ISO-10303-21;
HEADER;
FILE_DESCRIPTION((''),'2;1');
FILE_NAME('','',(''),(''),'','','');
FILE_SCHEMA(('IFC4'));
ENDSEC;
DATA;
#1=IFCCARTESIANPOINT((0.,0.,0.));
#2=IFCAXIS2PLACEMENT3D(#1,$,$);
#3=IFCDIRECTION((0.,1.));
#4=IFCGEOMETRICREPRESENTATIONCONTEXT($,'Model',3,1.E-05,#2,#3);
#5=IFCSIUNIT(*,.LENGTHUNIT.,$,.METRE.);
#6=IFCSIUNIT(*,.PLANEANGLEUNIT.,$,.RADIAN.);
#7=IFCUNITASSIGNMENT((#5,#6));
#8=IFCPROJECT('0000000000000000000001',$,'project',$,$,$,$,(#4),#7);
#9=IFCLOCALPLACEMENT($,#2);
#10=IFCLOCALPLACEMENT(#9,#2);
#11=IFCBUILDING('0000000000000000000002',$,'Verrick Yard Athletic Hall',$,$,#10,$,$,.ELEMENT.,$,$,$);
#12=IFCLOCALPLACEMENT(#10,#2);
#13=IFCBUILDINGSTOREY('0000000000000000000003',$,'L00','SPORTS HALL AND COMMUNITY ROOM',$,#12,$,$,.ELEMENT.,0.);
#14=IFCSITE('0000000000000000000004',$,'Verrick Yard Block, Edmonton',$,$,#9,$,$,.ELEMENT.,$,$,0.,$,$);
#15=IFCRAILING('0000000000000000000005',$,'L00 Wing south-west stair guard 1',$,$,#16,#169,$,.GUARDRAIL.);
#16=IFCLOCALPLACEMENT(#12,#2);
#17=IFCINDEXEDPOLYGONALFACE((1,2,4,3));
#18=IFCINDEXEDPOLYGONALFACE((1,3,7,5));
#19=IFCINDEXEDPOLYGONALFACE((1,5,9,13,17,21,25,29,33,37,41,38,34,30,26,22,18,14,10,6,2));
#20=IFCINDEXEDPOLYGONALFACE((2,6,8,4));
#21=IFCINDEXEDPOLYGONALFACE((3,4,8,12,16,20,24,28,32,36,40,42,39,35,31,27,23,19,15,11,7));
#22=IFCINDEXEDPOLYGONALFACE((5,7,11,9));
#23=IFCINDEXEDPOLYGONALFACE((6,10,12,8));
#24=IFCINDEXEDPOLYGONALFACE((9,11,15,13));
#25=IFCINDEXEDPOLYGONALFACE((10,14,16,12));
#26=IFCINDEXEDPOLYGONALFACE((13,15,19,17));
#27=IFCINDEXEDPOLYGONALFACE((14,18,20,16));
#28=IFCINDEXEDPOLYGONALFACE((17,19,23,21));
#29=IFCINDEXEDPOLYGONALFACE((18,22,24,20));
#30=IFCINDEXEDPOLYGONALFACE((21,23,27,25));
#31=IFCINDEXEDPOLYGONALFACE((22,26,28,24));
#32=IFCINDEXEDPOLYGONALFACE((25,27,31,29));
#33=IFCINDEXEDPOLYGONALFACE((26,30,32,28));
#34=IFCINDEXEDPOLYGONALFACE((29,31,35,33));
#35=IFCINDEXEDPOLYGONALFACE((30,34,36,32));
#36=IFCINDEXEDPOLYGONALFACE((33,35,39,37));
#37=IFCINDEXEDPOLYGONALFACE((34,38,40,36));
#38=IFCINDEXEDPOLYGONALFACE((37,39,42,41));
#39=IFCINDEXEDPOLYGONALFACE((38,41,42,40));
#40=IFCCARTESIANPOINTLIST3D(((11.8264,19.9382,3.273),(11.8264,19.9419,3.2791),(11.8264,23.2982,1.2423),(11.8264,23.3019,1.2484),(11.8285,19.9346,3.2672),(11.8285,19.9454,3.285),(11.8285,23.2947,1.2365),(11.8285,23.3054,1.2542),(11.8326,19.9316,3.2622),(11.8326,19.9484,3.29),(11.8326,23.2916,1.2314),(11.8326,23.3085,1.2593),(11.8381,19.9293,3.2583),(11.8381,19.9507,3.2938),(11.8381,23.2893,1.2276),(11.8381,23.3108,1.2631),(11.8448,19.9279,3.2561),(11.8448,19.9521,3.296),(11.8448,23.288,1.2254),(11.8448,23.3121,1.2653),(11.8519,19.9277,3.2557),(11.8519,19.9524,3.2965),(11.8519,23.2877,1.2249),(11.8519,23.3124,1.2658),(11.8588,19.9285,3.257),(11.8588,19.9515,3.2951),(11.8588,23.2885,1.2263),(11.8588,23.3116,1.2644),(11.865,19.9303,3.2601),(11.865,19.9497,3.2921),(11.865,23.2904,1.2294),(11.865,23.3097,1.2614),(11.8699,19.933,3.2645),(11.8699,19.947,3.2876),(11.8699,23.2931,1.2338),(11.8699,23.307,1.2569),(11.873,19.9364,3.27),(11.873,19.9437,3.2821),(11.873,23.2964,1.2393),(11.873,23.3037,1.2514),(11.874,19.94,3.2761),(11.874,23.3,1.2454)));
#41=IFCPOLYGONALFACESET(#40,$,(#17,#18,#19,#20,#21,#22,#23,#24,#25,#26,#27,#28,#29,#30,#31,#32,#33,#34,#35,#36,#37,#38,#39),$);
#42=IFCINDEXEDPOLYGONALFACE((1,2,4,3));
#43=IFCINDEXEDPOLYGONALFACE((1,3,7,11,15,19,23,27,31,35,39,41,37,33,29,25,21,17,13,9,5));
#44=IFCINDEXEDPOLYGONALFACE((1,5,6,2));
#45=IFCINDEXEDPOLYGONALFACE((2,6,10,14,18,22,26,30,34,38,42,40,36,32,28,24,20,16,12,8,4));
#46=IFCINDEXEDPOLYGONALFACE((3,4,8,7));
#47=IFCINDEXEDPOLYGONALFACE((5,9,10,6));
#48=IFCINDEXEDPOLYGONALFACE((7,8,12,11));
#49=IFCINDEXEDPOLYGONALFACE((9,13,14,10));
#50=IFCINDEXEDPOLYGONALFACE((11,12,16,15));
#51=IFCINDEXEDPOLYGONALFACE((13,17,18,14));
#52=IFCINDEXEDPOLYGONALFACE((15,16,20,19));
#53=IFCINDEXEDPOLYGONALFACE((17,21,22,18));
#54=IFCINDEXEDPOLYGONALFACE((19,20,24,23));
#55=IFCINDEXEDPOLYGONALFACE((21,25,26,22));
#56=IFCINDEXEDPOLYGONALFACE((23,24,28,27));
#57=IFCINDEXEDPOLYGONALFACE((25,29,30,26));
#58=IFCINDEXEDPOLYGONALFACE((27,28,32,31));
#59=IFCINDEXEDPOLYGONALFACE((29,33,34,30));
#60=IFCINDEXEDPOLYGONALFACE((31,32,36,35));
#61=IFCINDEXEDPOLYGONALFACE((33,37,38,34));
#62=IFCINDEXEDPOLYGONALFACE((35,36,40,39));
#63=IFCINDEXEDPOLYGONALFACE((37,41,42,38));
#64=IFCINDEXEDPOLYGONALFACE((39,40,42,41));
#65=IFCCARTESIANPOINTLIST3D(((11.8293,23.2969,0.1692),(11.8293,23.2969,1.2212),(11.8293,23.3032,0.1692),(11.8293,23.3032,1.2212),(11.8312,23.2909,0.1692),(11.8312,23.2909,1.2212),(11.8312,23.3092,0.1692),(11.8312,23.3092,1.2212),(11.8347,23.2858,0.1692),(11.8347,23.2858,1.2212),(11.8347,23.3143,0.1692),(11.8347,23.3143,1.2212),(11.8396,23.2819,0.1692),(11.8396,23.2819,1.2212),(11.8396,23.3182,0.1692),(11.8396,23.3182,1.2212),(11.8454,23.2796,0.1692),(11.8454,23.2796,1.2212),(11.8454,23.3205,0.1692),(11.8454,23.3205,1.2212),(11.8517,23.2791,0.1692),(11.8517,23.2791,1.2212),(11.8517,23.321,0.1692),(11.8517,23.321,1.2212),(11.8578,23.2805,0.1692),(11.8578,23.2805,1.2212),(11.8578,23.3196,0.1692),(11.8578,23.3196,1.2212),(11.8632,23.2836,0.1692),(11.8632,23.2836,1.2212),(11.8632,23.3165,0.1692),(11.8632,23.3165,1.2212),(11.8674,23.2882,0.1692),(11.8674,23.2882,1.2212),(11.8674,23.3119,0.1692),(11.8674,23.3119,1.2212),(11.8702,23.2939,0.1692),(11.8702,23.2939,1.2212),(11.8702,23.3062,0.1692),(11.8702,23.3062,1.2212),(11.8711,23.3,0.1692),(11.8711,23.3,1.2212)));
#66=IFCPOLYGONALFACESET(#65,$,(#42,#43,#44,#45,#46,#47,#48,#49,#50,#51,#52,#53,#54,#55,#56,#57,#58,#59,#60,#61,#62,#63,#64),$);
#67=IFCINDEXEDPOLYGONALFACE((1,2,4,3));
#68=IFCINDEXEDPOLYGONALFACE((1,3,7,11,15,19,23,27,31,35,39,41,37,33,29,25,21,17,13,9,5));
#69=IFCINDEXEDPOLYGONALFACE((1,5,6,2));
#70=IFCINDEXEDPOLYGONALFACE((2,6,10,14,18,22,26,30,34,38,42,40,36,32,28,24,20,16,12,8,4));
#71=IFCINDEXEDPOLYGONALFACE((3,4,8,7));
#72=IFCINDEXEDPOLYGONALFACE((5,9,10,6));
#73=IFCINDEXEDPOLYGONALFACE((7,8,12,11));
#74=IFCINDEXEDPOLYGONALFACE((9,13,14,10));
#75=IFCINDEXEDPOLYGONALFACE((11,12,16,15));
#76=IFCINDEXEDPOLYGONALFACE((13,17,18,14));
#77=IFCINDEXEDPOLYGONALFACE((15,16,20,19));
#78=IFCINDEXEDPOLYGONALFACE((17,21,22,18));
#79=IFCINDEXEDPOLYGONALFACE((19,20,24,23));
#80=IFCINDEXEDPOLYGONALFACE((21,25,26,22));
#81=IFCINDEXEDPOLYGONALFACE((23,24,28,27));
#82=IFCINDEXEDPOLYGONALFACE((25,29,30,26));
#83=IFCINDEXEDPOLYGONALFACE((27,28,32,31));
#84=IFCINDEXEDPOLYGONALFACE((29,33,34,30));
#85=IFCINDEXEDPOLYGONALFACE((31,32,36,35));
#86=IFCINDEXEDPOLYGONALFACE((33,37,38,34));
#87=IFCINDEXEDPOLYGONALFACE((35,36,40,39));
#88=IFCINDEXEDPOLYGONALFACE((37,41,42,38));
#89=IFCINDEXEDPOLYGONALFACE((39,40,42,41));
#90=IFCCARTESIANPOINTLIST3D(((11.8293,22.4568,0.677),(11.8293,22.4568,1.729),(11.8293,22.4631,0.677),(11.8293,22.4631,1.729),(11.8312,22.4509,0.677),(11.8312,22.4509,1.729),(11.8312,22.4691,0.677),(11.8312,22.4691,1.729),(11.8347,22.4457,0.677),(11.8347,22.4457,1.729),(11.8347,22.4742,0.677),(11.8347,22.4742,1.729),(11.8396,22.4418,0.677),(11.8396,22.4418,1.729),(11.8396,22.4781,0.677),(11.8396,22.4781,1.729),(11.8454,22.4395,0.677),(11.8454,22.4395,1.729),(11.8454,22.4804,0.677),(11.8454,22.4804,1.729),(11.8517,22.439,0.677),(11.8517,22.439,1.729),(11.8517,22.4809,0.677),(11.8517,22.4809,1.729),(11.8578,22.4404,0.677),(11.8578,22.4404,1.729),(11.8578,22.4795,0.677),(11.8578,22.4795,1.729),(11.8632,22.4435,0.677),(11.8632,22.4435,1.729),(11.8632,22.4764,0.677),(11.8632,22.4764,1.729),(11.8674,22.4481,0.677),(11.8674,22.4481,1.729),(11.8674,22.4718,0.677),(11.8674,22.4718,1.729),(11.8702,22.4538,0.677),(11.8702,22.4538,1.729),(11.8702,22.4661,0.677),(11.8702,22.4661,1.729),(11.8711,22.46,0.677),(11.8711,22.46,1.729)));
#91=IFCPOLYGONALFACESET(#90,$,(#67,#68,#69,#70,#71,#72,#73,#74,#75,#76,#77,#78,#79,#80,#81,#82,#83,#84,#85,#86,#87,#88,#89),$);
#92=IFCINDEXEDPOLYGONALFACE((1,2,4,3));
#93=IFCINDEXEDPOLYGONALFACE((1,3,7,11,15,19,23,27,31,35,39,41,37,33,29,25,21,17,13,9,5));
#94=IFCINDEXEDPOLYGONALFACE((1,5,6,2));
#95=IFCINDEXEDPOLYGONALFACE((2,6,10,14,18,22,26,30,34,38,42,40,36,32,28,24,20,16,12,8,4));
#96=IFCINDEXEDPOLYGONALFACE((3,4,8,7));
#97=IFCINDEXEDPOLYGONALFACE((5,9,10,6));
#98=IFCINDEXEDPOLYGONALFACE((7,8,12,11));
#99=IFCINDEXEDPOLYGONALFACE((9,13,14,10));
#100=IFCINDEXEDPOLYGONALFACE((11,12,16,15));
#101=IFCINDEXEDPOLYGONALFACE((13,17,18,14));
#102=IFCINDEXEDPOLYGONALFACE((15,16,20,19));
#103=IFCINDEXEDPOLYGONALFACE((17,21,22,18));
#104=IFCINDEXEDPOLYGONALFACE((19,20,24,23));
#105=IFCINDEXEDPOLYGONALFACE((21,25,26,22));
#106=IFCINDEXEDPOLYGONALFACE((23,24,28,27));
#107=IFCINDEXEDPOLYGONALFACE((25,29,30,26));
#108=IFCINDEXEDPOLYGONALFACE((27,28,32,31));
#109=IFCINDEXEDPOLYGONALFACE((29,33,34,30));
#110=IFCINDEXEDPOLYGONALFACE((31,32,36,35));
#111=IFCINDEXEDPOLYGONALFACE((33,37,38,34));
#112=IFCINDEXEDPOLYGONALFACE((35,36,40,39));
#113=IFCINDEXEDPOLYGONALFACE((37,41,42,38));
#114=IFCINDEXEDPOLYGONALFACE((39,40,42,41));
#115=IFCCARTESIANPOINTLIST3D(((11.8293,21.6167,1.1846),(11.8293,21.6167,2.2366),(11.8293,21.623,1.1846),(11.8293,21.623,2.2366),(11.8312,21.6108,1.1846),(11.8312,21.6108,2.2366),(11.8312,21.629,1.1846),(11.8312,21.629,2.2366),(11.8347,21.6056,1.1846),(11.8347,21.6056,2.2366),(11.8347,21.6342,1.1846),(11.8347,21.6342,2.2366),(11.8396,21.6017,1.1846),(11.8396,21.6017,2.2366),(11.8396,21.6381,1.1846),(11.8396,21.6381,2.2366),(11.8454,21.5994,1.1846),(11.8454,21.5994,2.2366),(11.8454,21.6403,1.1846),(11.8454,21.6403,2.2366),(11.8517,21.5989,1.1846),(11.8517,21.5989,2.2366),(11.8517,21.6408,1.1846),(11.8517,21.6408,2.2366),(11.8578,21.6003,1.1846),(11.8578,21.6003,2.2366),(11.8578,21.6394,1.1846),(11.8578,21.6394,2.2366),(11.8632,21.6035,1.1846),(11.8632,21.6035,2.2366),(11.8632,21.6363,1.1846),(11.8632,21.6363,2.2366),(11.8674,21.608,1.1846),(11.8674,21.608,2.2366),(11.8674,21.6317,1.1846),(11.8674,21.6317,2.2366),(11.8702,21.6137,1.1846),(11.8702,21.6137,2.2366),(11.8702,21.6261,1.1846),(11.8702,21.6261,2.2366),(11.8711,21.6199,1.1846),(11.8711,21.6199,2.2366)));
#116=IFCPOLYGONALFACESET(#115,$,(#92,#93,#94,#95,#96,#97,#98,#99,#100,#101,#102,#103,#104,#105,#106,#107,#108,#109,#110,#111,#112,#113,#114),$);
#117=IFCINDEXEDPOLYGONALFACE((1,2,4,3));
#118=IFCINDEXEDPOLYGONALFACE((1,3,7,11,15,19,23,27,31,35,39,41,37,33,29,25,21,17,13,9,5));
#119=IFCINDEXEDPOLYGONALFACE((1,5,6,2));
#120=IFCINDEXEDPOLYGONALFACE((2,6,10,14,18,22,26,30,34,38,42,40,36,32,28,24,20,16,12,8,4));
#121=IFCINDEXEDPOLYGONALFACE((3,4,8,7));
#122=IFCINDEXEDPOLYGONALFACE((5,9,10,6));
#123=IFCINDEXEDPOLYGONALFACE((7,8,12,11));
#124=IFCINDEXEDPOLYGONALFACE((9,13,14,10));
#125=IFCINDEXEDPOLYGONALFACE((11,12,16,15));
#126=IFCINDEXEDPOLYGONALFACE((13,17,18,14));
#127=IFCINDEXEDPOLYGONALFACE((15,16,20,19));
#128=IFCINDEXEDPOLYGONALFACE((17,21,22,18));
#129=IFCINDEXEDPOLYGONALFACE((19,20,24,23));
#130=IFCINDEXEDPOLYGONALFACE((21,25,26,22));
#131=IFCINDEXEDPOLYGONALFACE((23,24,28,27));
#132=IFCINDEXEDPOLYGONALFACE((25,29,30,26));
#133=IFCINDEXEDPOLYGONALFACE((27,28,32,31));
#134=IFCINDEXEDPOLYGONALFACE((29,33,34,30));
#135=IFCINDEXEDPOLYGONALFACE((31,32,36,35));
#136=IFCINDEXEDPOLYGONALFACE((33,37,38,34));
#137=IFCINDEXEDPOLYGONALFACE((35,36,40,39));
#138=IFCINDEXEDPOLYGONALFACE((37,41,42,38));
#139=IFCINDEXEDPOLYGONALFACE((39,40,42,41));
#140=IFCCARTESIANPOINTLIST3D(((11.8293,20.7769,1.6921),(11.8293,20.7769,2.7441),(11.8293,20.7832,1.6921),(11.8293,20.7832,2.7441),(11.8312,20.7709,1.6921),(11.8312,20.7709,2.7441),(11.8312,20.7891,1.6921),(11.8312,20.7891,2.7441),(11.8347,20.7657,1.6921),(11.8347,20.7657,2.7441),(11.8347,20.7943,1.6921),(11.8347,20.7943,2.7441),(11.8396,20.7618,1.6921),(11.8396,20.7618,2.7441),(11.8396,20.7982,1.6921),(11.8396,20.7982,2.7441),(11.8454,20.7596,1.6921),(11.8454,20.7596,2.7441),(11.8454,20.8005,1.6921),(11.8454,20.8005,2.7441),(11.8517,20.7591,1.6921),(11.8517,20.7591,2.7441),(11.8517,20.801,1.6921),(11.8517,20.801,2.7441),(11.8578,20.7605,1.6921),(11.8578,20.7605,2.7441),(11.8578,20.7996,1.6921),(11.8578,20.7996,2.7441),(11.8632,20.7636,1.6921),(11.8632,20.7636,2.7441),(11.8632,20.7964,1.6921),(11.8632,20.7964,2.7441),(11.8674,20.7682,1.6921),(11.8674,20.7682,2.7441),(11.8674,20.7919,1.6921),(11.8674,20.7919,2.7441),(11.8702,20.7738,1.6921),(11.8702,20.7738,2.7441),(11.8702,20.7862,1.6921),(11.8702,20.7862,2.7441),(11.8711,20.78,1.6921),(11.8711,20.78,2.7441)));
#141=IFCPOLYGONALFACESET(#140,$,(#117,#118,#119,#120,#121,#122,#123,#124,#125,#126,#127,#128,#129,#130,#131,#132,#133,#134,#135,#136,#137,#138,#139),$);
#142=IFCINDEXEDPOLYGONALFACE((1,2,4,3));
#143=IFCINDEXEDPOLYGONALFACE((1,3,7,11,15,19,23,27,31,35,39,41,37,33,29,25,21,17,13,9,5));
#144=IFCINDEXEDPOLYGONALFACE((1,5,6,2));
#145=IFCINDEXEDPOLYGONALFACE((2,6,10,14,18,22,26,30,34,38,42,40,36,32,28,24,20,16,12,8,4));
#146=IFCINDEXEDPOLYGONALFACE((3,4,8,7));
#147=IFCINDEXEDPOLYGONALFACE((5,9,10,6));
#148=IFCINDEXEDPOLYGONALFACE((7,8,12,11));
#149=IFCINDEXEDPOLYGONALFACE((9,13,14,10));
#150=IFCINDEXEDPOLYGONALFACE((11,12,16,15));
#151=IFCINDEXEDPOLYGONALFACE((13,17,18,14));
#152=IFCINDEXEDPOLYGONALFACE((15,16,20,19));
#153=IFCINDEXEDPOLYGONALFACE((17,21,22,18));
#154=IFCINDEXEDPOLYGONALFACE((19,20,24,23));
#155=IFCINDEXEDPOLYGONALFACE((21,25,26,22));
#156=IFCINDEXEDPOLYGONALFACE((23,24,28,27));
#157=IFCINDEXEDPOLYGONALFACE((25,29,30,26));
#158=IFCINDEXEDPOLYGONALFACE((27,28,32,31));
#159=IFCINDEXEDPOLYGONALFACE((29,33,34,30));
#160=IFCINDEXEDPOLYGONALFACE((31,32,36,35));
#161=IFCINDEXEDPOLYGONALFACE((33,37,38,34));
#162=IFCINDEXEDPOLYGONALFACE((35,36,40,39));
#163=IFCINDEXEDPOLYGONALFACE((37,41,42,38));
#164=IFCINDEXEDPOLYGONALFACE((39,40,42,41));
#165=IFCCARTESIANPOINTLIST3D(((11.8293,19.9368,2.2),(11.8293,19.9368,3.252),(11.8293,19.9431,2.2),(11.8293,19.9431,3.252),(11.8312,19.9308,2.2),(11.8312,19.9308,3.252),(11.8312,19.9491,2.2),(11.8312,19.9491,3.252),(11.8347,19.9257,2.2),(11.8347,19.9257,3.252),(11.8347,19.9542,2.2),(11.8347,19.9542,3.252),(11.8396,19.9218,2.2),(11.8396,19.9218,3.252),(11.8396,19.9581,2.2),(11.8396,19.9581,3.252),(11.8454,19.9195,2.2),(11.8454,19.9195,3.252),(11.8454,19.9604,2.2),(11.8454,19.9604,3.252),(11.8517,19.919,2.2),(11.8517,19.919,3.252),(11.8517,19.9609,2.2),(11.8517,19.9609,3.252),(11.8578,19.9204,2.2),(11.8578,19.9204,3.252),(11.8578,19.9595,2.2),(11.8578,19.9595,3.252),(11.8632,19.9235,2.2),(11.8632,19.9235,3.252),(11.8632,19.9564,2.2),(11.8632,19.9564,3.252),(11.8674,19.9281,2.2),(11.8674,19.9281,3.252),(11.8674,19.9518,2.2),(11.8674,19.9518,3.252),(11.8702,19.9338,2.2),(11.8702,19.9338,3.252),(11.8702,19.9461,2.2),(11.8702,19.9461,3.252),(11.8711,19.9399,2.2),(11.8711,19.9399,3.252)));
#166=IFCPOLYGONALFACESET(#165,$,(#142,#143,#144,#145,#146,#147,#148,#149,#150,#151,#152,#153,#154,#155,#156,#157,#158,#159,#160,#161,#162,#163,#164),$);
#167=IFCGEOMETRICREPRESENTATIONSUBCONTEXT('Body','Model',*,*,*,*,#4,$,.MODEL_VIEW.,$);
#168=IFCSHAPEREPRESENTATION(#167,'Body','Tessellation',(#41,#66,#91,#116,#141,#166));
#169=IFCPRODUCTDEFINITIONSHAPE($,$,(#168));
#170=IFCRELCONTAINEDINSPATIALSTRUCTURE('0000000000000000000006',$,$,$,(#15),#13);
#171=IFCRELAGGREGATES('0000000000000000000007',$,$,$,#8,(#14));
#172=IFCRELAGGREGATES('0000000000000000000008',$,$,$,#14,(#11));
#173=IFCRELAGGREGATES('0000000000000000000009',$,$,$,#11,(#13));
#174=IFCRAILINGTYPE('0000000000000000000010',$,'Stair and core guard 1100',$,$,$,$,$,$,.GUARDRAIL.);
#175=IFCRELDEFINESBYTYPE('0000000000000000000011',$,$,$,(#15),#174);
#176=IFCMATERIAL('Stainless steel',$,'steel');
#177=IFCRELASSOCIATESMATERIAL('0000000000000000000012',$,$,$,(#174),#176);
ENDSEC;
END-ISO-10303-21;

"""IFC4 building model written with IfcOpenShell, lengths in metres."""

from ifc_helpers import new_model, si_unit, direction, frame, origin, origin_2d, place, context, subcontext, project, spatial, circle, extrude, material, type_object, element, save


model = new_model("IFC4")

# Units and contexts
model_context = context("Model", 3, precision=1e-05, world=origin(), true_north=direction((0.0, 1.0)))
body_context = subcontext(model_context, "Body", "Model", "MODEL_VIEW")
ifc_project = project(units=[si_unit("LENGTHUNIT", "METRE"), si_unit("PLANEANGLEUNIT", "RADIAN")], contexts=[model_context])

# Site, building, storey
site_placement = place(None, origin())
site = spatial("IfcSite", under=ifc_project, at=site_placement, Name="Verrick Yard Block, Edmonton", CompositionType="ELEMENT", RefElevation=0.0)
building_placement = place(site_placement, origin())
building = spatial("IfcBuilding", under=site, at=building_placement, Name="Verrick Yard Athletic Hall", CompositionType="ELEMENT")
storey_placement = place(building_placement, origin())
storey = spatial("IfcBuildingStorey", under=building, at=storey_placement, Name="L00", Description="SPORTS HALL AND COMMUNITY ROOM", CompositionType="ELEMENT", Elevation=0.0)

# Railing
ifc_material_1 = material(Name="Stainless steel", Category="steel")
railing_type_1 = type_object("IfcRailingType", Name="Stair and core guard 1100", PredefinedType="GUARDRAIL", material=ifc_material_1)
railing_1_placement = place(storey_placement, frame((11.8501, 23.3, 0.1692)))
element("IfcRailing", 1, at=railing_1_placement, inside=storey, type_object=railing_type_1, Name="L00 Wing south-west stair guard 1", PredefinedType="GUARDRAIL", context=body_context, shape_type="SweptSolid", body=[
    extrude(circle(Radius=0.0239, at=origin_2d()), frame((0.0, 0.0, 1.0762), z_axis=(0.0, -0.855837, 0.517246), x_axis=(1.0, 0.0, 0.0)), (0.0, 0.0, 1.0), 3.926),
    extrude(circle(Radius=0.021, at=origin_2d()), origin(), (0.0, 0.0, 1.0), 1.052),
    extrude(circle(Radius=0.021, at=origin_2d()), frame((0.0, -0.8401, 0.5078)), (0.0, 0.0, 1.0), 1.052),
    extrude(circle(Radius=0.021, at=origin_2d()), frame((0.0, -1.6802, 1.0154)), (0.0, 0.0, 1.0), 1.052),
    extrude(circle(Radius=0.021, at=origin_2d()), frame((0.0, -2.52, 1.5229)), (0.0, 0.0, 1.0), 1.052),
    extrude(circle(Radius=0.021, at=origin_2d()), frame((0.0, -3.3601, 2.0308)), (0.0, 0.0, 1.0), 1.052),
])

save(model, "model.ifc")
